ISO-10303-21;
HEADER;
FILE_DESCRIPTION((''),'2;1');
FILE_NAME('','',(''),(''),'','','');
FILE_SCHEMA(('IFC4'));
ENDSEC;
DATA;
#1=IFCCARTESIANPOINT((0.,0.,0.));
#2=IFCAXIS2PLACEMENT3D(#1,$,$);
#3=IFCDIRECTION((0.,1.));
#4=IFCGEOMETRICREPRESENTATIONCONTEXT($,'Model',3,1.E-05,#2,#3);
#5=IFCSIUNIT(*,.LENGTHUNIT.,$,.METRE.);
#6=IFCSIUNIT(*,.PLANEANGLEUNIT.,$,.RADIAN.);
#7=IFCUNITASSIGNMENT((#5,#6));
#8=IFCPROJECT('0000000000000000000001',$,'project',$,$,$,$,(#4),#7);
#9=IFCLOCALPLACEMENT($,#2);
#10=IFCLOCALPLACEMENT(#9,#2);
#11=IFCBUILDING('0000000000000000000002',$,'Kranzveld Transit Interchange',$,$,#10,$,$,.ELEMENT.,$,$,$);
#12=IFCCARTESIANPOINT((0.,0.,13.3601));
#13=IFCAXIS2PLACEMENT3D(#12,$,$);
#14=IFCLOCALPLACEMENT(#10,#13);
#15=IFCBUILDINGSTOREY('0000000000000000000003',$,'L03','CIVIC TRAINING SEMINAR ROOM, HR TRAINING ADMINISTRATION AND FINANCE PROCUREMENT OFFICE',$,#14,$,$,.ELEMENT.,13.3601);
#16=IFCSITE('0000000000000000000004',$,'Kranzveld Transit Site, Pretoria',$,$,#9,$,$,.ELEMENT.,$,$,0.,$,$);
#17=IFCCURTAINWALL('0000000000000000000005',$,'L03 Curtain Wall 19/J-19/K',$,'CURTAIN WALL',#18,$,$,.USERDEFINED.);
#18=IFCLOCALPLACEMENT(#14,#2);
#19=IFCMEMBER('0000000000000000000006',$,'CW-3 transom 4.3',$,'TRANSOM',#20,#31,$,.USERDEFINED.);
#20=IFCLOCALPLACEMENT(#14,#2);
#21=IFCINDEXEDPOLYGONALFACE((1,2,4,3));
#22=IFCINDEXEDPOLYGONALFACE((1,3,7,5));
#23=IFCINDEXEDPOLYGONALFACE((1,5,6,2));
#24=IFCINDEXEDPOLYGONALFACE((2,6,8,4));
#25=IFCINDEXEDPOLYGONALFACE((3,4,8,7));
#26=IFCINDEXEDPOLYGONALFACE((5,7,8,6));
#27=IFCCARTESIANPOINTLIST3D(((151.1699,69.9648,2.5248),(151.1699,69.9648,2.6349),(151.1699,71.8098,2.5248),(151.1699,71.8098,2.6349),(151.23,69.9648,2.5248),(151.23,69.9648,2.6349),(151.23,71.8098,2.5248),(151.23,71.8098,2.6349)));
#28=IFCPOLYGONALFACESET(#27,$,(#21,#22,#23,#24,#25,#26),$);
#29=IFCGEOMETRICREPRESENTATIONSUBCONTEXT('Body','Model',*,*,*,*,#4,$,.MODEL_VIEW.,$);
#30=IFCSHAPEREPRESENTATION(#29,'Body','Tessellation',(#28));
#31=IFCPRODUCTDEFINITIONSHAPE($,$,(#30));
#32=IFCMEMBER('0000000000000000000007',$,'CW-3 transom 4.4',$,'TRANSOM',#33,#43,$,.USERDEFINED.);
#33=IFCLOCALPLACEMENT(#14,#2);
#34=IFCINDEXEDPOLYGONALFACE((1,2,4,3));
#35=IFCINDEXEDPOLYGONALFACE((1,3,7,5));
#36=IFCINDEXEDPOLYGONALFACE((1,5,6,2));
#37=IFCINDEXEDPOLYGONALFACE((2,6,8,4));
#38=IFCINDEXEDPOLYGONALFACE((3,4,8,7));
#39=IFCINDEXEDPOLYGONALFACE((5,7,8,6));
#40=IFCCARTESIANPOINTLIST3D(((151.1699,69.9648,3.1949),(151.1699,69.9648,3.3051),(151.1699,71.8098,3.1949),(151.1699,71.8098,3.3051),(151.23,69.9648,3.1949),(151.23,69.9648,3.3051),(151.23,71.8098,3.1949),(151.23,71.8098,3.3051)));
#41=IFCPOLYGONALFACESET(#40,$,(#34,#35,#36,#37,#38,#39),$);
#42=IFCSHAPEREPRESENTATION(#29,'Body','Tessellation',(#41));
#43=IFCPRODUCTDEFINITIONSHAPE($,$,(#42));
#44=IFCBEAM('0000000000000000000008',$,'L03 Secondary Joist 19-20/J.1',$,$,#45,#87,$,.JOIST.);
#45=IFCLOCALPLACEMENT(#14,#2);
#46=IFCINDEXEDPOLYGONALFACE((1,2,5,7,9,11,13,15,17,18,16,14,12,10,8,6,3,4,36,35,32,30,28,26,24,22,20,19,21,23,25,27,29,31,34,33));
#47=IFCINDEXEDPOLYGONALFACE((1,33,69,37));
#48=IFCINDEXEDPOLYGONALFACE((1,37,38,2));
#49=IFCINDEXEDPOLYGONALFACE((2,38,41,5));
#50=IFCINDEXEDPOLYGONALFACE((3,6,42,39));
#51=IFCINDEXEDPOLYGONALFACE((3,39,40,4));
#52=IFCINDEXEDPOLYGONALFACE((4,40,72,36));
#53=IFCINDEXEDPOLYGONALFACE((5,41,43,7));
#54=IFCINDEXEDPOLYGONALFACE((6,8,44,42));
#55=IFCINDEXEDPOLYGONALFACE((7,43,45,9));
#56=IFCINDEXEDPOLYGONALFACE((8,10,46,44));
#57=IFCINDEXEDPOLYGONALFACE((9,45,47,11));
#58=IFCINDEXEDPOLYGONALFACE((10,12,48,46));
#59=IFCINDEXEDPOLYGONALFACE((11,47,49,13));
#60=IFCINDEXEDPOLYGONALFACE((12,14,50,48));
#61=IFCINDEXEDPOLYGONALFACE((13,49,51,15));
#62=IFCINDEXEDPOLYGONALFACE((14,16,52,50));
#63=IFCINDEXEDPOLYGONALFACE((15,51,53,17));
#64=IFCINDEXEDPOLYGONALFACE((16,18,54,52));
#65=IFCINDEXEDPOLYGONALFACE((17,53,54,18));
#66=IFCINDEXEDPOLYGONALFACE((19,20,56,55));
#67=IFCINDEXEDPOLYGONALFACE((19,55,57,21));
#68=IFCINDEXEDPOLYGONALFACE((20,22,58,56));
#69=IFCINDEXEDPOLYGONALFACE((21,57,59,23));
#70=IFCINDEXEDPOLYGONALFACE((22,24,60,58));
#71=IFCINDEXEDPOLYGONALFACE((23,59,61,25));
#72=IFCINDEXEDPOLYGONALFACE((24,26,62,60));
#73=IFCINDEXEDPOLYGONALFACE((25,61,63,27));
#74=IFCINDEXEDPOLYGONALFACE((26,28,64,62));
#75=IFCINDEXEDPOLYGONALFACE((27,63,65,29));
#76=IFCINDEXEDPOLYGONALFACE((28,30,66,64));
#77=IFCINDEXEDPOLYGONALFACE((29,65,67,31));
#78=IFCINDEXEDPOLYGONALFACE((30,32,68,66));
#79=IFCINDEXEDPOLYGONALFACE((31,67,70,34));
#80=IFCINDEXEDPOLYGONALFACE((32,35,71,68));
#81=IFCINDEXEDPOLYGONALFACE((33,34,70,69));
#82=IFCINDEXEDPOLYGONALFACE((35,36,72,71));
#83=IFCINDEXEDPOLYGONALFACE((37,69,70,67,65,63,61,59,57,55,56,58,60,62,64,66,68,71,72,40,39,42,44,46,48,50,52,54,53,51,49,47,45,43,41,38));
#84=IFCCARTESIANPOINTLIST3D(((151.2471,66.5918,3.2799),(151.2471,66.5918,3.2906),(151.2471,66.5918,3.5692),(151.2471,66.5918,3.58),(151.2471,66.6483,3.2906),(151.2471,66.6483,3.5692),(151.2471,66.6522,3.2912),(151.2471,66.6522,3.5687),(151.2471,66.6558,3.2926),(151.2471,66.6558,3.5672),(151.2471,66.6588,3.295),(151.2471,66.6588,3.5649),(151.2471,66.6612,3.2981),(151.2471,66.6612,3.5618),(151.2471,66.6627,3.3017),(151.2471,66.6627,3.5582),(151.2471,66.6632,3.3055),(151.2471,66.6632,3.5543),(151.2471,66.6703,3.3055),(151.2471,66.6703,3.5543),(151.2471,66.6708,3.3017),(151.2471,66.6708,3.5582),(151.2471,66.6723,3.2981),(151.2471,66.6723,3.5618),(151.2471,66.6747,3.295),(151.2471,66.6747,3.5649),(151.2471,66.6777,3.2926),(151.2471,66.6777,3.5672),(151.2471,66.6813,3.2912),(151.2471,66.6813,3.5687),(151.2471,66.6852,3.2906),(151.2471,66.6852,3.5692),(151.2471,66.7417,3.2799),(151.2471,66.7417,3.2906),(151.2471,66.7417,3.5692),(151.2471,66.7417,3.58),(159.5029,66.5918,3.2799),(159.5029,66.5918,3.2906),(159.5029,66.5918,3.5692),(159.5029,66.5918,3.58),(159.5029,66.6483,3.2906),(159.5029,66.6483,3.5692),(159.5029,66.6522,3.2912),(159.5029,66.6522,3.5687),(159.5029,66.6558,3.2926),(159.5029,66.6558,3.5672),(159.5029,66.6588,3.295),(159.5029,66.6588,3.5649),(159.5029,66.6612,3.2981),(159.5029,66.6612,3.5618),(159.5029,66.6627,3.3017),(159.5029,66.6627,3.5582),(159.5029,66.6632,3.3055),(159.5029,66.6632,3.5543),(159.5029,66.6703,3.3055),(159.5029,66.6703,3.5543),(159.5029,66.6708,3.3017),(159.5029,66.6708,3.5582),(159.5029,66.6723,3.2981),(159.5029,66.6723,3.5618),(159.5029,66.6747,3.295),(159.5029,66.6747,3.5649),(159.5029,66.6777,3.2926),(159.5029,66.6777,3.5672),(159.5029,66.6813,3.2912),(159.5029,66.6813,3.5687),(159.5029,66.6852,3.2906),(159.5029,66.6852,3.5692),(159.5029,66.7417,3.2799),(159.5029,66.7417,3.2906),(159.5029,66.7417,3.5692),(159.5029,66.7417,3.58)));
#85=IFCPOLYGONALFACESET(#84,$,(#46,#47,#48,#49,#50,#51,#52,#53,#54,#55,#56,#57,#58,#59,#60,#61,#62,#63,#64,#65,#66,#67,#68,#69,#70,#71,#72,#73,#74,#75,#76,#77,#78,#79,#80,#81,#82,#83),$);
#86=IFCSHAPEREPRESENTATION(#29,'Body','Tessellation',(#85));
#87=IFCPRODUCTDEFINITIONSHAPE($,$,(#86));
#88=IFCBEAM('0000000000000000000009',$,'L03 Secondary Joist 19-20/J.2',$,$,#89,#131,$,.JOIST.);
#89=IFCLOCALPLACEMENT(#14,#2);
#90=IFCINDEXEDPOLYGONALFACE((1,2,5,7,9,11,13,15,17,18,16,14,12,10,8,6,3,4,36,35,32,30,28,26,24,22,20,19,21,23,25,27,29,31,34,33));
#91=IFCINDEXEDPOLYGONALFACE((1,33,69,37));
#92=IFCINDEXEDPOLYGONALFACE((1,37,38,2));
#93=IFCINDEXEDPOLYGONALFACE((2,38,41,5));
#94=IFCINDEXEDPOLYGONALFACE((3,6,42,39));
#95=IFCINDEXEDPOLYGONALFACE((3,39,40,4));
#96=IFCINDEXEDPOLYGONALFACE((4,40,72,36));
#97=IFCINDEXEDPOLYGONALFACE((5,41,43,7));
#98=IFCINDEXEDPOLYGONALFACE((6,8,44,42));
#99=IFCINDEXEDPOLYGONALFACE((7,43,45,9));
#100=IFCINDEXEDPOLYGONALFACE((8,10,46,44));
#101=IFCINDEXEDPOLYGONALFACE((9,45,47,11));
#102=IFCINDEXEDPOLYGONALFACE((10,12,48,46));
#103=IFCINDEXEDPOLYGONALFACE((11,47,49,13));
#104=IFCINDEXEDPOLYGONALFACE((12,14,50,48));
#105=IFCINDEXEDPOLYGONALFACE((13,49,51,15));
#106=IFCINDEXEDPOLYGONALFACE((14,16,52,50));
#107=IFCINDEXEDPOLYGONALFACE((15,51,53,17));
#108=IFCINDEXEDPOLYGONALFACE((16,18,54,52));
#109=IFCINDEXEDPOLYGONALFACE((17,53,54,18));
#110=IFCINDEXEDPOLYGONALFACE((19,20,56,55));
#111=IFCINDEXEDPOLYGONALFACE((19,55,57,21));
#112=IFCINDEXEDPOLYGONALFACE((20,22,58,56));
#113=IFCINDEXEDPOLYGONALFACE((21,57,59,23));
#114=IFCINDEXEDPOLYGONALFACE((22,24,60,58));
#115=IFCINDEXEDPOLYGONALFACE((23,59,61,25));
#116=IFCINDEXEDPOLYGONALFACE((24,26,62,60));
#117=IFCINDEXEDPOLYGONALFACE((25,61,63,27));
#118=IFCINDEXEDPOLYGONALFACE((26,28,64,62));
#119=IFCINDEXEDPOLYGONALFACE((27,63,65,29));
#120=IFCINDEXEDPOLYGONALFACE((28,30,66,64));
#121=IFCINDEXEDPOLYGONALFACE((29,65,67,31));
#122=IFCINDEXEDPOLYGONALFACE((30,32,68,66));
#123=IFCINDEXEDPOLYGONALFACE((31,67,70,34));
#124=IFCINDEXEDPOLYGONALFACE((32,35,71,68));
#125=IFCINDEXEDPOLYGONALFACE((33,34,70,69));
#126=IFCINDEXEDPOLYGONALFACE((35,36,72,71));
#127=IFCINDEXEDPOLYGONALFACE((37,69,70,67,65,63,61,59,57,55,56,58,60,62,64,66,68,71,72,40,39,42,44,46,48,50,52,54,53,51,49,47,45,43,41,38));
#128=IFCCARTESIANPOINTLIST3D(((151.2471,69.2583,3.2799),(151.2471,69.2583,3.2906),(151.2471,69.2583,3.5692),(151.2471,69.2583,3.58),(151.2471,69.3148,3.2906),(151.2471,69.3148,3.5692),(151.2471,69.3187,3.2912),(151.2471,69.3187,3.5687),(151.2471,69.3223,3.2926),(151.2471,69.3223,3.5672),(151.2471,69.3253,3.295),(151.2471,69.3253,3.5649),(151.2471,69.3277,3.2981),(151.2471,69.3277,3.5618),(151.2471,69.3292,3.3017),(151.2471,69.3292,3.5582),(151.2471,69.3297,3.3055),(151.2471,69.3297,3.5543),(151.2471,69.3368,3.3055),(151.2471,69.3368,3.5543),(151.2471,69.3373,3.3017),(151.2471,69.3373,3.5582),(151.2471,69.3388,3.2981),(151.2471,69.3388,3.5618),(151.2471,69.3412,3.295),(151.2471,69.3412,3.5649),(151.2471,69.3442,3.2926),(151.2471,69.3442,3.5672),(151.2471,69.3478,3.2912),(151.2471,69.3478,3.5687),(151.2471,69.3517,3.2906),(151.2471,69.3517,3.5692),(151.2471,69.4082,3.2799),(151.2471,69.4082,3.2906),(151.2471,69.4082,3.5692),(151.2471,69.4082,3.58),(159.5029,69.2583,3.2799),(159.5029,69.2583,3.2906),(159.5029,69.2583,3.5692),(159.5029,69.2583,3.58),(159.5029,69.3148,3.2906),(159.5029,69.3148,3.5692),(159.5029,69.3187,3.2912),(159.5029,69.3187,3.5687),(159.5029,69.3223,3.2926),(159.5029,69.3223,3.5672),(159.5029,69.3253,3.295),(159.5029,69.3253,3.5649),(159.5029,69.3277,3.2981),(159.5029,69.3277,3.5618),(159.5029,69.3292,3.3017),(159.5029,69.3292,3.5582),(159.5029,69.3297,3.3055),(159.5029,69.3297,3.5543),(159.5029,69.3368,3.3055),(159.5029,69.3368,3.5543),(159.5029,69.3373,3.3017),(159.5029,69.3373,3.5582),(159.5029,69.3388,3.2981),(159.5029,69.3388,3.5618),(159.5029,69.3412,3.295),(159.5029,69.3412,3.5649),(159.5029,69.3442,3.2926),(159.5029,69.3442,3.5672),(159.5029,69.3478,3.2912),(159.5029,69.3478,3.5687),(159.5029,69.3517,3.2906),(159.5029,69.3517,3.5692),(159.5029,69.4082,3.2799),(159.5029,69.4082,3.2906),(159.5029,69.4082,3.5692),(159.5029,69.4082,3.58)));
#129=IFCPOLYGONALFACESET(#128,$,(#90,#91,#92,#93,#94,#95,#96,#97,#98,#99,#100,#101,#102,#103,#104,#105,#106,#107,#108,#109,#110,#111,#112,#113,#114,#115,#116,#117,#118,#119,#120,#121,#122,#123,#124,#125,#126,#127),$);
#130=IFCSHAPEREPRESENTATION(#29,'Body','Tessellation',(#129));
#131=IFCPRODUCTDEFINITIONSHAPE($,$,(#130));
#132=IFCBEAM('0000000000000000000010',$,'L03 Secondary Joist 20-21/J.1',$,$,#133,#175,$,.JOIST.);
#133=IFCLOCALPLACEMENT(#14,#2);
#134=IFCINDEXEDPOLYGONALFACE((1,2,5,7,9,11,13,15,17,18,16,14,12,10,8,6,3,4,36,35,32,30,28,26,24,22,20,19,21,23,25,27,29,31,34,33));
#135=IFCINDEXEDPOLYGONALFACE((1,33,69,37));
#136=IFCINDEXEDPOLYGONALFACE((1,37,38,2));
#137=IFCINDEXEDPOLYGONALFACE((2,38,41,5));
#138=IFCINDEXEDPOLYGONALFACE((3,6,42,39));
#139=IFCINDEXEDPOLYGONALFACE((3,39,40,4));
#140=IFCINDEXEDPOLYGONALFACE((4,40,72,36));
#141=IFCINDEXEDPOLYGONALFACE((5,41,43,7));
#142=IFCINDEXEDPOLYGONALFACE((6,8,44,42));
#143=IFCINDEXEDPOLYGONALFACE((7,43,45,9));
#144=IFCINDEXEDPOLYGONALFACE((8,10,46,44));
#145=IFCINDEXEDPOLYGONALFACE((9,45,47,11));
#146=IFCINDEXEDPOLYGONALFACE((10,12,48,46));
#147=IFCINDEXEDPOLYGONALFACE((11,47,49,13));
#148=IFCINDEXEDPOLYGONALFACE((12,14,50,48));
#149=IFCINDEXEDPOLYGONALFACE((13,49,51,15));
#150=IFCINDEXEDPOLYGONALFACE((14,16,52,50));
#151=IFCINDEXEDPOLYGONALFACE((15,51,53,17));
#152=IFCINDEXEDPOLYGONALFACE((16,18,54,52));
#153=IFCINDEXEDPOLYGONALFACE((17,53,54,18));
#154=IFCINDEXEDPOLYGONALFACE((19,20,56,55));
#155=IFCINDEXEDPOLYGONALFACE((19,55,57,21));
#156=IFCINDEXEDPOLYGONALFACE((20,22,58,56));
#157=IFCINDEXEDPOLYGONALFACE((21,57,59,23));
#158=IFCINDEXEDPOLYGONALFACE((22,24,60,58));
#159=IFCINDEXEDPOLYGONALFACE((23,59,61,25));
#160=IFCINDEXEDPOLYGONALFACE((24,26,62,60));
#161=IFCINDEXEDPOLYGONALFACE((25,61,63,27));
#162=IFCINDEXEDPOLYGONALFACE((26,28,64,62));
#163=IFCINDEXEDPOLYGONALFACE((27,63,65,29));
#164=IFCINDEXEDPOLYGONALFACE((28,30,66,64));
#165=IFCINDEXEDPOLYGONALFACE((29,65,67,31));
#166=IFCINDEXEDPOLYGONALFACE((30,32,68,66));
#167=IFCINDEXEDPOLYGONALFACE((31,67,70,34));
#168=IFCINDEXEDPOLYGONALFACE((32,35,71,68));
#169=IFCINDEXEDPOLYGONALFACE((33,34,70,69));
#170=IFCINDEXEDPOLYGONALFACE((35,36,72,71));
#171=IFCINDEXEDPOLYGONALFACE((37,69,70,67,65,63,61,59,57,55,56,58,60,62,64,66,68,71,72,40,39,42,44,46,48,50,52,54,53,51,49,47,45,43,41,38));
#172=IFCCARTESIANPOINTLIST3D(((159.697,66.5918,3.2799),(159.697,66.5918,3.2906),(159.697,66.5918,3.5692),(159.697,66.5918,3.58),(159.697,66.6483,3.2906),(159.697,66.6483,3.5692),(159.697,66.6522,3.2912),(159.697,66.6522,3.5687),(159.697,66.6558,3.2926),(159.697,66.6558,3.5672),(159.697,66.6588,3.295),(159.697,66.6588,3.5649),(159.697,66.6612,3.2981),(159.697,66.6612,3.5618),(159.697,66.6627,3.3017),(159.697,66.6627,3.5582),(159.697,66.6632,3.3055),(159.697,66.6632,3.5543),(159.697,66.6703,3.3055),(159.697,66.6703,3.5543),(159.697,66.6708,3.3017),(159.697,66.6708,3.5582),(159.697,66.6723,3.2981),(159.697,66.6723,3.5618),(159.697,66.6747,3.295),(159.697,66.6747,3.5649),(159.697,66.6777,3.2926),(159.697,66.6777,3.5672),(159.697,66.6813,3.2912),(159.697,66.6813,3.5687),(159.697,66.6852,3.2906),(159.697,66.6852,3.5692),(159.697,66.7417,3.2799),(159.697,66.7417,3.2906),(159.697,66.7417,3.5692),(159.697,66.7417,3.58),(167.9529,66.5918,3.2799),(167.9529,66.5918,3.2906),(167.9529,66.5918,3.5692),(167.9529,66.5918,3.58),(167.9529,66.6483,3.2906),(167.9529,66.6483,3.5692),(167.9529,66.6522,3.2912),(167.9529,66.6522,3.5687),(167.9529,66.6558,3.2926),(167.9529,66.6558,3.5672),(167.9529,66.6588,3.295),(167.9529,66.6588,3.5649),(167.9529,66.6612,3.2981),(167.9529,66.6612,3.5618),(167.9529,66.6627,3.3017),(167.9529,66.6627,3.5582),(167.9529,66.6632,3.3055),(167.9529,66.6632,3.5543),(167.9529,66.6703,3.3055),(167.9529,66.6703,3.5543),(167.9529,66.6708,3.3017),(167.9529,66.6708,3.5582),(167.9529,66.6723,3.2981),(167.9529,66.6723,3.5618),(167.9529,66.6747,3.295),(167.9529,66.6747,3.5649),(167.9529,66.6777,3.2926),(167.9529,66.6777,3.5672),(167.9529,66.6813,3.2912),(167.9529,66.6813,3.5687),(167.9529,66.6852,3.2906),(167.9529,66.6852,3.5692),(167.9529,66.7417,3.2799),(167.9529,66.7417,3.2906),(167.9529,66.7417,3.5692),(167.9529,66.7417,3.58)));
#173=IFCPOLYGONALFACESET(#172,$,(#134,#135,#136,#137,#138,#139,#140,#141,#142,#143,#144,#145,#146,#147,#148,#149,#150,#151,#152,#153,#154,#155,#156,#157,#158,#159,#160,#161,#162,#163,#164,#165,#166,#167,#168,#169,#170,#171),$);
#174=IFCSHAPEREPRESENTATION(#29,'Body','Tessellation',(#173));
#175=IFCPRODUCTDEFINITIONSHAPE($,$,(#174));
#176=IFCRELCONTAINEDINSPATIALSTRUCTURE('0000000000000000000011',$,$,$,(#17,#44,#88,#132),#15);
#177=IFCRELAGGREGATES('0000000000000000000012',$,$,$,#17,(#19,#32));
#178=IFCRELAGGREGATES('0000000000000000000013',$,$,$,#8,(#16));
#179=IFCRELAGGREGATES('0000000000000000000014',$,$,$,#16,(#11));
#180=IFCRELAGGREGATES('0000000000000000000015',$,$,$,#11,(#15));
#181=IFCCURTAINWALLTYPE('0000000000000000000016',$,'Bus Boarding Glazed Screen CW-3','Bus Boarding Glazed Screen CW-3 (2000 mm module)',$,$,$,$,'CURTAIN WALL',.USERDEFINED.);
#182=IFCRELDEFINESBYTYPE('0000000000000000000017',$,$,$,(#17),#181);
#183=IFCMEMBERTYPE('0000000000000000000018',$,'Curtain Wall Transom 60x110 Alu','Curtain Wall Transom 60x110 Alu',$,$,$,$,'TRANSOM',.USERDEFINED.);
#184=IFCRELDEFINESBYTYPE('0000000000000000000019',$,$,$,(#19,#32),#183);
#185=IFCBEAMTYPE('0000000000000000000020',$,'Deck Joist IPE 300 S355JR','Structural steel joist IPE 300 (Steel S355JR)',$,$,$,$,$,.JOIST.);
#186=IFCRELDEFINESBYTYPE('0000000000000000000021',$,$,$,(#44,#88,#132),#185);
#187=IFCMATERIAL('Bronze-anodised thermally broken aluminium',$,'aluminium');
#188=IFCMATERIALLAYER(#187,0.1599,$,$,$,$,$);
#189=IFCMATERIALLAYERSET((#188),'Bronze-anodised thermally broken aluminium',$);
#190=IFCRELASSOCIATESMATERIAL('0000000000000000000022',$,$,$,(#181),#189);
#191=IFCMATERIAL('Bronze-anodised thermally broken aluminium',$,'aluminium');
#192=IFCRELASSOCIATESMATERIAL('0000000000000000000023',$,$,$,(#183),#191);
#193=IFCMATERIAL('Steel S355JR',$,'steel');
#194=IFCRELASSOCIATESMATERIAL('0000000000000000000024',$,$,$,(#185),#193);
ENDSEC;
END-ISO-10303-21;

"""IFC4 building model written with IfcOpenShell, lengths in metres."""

from ifc_helpers import new_model, si_unit, direction, frame, origin, origin_2d, place, context, subcontext, project, spatial, rectangle, i_section, extrude, material, layer, layer_set, material_profile, profile_set, type_object, element, aggregate, save


model = new_model("IFC4")

# Units and contexts
model_context = context("Model", 3, precision=1e-05, world=origin(), true_north=direction((0.0, 1.0)))
body_context = subcontext(model_context, "Body", "Model", "MODEL_VIEW")
ifc_project = project(units=[si_unit("LENGTHUNIT", "METRE"), si_unit("PLANEANGLEUNIT", "RADIAN")], contexts=[model_context])

# Site, building, storey
site_placement = place(None, origin())
site = spatial("IfcSite", under=ifc_project, at=site_placement, Name="Kranzveld Transit Site, Pretoria", CompositionType="ELEMENT", RefElevation=0.0)
building_placement = place(site_placement, origin())
building = spatial("IfcBuilding", under=site, at=building_placement, Name="Kranzveld Transit Interchange", CompositionType="ELEMENT")
storey_placement = place(building_placement, frame((0.0, 0.0, 13.3601)))
storey = spatial("IfcBuildingStorey", under=building, at=storey_placement, Name="L03", Description="CIVIC TRAINING SEMINAR ROOM, HR TRAINING ADMINISTRATION AND FINANCE PROCUREMENT OFFICE", CompositionType="ELEMENT", Elevation=13.3601)

# Curtain wall, members
ifc_material_1 = material(Name="Bronze-anodised thermally broken aluminium", Category="aluminium")
ifc_layer_1 = layer(ifc_material_1, 0.1599)
ifc_layer_set_1 = layer_set([ifc_layer_1], Name="Bronze-anodised thermally broken aluminium")
curtain_wall_type = type_object("IfcCurtainWallType", Name="Bus Boarding Glazed Screen CW-3", Description="Bus Boarding Glazed Screen CW-3 (2000 mm module)", ElementType="CURTAIN WALL", PredefinedType="USERDEFINED", material=ifc_layer_set_1)
curtain_wall_placement = place(storey_placement, origin())
curtain_wall = element("IfcCurtainWall", 1, at=curtain_wall_placement, inside=storey, type_object=curtain_wall_type, Name="L03 Curtain Wall 19/J-19/K", ObjectType="CURTAIN WALL", PredefinedType="USERDEFINED")
ifc_material_2 = material(Name="Bronze-anodised thermally broken aluminium", Category="aluminium")
ifc_material_profile_1 = material_profile(ifc_material_2, rectangle(XDim=0.0601, YDim=0.1101, at=origin_2d()), Name="ALU TRANSOM 60x110")
ifc_profile_set_1 = profile_set([ifc_material_profile_1], Name="Bronze-anodised thermally broken aluminium")
member_type_1 = type_object("IfcMemberType", Name="Curtain Wall Transom 60x110 Alu", Description="Curtain Wall Transom 60x110 Alu", ElementType="TRANSOM", PredefinedType="USERDEFINED", material=ifc_profile_set_1)
member_1_placement = place(storey_placement, frame((151.2, 69.9648, 2.5798), z_axis=(0.0, 1.0, 0.0), x_axis=(-1.0, 0.0, 0.0)))
member_1 = element("IfcMember", 2, at=member_1_placement, type_object=member_type_1, Name="CW-3 transom 4.3", ObjectType="TRANSOM", PredefinedType="USERDEFINED", context=body_context, shape_type="SweptSolid", body=[
    extrude(rectangle(XDim=0.0601, YDim=0.1101, at=origin_2d()), origin(), (0.0, 0.0, 1.0), 1.845),
])
member_2_placement = place(storey_placement, frame((151.2, 69.9648, 3.25), z_axis=(0.0, 1.0, 0.0), x_axis=(-1.0, 0.0, 0.0)))
member_2 = element("IfcMember", 3, at=member_2_placement, type_object=member_type_1, Name="CW-3 transom 4.4", ObjectType="TRANSOM", PredefinedType="USERDEFINED", context=body_context, shape_type="SweptSolid", body=[
    extrude(rectangle(XDim=0.0601, YDim=0.1101, at=origin_2d()), origin(), (0.0, 0.0, 1.0), 1.845),
])

# Beams
ifc_material_3 = material(Name="Steel S355JR", Category="steel")
ifc_material_profile_2 = material_profile(ifc_material_3, i_section(OverallWidth=0.1499, OverallDepth=0.3, WebThickness=0.0071, FlangeThickness=0.0107, FilletRadius=0.0149, at=origin_2d()), Name="IPE 300")
ifc_profile_set_2 = profile_set([ifc_material_profile_2], Name="Steel S355JR")
beam_type_1 = type_object("IfcBeamType", Name="Deck Joist IPE 300 S355JR", Description="Structural steel joist IPE 300 (Steel S355JR)", PredefinedType="JOIST", material=ifc_profile_set_2)
for number, where, z_axis, x_axis, name in (
    (4, (151.2471, 66.6667, 3.4299), (1.0, 0.0, 0.0), (0.0, 1.0, 0.0), "L03 Secondary Joist 19-20/J.1"),
    (5, (151.2471, 69.3333, 3.4299), (1.0, 0.0, 0.0), (0.0, 1.0, 0.0), "L03 Secondary Joist 19-20/J.2"),
    (6, (159.697, 66.6667, 3.4299), (1.0, 0.0, 0.0), (0.0, 1.0, 0.0), "L03 Secondary Joist 20-21/J.1"),
):
    element("IfcBeam", number, at=place(storey_placement, frame(where, z_axis=z_axis, x_axis=x_axis)), inside=storey, type_object=beam_type_1, Name=name, PredefinedType="JOIST", context=body_context, shape_type="SweptSolid", body=[
        extrude(i_section(OverallWidth=0.1499, OverallDepth=0.3, WebThickness=0.0071, FlangeThickness=0.0107, FilletRadius=0.0149, at=origin_2d()), origin(), (0.0, 0.0, 1.0), 8.2559),
    ])

aggregate(curtain_wall, [member_1, member_2])

save(model, "model.ifc")
